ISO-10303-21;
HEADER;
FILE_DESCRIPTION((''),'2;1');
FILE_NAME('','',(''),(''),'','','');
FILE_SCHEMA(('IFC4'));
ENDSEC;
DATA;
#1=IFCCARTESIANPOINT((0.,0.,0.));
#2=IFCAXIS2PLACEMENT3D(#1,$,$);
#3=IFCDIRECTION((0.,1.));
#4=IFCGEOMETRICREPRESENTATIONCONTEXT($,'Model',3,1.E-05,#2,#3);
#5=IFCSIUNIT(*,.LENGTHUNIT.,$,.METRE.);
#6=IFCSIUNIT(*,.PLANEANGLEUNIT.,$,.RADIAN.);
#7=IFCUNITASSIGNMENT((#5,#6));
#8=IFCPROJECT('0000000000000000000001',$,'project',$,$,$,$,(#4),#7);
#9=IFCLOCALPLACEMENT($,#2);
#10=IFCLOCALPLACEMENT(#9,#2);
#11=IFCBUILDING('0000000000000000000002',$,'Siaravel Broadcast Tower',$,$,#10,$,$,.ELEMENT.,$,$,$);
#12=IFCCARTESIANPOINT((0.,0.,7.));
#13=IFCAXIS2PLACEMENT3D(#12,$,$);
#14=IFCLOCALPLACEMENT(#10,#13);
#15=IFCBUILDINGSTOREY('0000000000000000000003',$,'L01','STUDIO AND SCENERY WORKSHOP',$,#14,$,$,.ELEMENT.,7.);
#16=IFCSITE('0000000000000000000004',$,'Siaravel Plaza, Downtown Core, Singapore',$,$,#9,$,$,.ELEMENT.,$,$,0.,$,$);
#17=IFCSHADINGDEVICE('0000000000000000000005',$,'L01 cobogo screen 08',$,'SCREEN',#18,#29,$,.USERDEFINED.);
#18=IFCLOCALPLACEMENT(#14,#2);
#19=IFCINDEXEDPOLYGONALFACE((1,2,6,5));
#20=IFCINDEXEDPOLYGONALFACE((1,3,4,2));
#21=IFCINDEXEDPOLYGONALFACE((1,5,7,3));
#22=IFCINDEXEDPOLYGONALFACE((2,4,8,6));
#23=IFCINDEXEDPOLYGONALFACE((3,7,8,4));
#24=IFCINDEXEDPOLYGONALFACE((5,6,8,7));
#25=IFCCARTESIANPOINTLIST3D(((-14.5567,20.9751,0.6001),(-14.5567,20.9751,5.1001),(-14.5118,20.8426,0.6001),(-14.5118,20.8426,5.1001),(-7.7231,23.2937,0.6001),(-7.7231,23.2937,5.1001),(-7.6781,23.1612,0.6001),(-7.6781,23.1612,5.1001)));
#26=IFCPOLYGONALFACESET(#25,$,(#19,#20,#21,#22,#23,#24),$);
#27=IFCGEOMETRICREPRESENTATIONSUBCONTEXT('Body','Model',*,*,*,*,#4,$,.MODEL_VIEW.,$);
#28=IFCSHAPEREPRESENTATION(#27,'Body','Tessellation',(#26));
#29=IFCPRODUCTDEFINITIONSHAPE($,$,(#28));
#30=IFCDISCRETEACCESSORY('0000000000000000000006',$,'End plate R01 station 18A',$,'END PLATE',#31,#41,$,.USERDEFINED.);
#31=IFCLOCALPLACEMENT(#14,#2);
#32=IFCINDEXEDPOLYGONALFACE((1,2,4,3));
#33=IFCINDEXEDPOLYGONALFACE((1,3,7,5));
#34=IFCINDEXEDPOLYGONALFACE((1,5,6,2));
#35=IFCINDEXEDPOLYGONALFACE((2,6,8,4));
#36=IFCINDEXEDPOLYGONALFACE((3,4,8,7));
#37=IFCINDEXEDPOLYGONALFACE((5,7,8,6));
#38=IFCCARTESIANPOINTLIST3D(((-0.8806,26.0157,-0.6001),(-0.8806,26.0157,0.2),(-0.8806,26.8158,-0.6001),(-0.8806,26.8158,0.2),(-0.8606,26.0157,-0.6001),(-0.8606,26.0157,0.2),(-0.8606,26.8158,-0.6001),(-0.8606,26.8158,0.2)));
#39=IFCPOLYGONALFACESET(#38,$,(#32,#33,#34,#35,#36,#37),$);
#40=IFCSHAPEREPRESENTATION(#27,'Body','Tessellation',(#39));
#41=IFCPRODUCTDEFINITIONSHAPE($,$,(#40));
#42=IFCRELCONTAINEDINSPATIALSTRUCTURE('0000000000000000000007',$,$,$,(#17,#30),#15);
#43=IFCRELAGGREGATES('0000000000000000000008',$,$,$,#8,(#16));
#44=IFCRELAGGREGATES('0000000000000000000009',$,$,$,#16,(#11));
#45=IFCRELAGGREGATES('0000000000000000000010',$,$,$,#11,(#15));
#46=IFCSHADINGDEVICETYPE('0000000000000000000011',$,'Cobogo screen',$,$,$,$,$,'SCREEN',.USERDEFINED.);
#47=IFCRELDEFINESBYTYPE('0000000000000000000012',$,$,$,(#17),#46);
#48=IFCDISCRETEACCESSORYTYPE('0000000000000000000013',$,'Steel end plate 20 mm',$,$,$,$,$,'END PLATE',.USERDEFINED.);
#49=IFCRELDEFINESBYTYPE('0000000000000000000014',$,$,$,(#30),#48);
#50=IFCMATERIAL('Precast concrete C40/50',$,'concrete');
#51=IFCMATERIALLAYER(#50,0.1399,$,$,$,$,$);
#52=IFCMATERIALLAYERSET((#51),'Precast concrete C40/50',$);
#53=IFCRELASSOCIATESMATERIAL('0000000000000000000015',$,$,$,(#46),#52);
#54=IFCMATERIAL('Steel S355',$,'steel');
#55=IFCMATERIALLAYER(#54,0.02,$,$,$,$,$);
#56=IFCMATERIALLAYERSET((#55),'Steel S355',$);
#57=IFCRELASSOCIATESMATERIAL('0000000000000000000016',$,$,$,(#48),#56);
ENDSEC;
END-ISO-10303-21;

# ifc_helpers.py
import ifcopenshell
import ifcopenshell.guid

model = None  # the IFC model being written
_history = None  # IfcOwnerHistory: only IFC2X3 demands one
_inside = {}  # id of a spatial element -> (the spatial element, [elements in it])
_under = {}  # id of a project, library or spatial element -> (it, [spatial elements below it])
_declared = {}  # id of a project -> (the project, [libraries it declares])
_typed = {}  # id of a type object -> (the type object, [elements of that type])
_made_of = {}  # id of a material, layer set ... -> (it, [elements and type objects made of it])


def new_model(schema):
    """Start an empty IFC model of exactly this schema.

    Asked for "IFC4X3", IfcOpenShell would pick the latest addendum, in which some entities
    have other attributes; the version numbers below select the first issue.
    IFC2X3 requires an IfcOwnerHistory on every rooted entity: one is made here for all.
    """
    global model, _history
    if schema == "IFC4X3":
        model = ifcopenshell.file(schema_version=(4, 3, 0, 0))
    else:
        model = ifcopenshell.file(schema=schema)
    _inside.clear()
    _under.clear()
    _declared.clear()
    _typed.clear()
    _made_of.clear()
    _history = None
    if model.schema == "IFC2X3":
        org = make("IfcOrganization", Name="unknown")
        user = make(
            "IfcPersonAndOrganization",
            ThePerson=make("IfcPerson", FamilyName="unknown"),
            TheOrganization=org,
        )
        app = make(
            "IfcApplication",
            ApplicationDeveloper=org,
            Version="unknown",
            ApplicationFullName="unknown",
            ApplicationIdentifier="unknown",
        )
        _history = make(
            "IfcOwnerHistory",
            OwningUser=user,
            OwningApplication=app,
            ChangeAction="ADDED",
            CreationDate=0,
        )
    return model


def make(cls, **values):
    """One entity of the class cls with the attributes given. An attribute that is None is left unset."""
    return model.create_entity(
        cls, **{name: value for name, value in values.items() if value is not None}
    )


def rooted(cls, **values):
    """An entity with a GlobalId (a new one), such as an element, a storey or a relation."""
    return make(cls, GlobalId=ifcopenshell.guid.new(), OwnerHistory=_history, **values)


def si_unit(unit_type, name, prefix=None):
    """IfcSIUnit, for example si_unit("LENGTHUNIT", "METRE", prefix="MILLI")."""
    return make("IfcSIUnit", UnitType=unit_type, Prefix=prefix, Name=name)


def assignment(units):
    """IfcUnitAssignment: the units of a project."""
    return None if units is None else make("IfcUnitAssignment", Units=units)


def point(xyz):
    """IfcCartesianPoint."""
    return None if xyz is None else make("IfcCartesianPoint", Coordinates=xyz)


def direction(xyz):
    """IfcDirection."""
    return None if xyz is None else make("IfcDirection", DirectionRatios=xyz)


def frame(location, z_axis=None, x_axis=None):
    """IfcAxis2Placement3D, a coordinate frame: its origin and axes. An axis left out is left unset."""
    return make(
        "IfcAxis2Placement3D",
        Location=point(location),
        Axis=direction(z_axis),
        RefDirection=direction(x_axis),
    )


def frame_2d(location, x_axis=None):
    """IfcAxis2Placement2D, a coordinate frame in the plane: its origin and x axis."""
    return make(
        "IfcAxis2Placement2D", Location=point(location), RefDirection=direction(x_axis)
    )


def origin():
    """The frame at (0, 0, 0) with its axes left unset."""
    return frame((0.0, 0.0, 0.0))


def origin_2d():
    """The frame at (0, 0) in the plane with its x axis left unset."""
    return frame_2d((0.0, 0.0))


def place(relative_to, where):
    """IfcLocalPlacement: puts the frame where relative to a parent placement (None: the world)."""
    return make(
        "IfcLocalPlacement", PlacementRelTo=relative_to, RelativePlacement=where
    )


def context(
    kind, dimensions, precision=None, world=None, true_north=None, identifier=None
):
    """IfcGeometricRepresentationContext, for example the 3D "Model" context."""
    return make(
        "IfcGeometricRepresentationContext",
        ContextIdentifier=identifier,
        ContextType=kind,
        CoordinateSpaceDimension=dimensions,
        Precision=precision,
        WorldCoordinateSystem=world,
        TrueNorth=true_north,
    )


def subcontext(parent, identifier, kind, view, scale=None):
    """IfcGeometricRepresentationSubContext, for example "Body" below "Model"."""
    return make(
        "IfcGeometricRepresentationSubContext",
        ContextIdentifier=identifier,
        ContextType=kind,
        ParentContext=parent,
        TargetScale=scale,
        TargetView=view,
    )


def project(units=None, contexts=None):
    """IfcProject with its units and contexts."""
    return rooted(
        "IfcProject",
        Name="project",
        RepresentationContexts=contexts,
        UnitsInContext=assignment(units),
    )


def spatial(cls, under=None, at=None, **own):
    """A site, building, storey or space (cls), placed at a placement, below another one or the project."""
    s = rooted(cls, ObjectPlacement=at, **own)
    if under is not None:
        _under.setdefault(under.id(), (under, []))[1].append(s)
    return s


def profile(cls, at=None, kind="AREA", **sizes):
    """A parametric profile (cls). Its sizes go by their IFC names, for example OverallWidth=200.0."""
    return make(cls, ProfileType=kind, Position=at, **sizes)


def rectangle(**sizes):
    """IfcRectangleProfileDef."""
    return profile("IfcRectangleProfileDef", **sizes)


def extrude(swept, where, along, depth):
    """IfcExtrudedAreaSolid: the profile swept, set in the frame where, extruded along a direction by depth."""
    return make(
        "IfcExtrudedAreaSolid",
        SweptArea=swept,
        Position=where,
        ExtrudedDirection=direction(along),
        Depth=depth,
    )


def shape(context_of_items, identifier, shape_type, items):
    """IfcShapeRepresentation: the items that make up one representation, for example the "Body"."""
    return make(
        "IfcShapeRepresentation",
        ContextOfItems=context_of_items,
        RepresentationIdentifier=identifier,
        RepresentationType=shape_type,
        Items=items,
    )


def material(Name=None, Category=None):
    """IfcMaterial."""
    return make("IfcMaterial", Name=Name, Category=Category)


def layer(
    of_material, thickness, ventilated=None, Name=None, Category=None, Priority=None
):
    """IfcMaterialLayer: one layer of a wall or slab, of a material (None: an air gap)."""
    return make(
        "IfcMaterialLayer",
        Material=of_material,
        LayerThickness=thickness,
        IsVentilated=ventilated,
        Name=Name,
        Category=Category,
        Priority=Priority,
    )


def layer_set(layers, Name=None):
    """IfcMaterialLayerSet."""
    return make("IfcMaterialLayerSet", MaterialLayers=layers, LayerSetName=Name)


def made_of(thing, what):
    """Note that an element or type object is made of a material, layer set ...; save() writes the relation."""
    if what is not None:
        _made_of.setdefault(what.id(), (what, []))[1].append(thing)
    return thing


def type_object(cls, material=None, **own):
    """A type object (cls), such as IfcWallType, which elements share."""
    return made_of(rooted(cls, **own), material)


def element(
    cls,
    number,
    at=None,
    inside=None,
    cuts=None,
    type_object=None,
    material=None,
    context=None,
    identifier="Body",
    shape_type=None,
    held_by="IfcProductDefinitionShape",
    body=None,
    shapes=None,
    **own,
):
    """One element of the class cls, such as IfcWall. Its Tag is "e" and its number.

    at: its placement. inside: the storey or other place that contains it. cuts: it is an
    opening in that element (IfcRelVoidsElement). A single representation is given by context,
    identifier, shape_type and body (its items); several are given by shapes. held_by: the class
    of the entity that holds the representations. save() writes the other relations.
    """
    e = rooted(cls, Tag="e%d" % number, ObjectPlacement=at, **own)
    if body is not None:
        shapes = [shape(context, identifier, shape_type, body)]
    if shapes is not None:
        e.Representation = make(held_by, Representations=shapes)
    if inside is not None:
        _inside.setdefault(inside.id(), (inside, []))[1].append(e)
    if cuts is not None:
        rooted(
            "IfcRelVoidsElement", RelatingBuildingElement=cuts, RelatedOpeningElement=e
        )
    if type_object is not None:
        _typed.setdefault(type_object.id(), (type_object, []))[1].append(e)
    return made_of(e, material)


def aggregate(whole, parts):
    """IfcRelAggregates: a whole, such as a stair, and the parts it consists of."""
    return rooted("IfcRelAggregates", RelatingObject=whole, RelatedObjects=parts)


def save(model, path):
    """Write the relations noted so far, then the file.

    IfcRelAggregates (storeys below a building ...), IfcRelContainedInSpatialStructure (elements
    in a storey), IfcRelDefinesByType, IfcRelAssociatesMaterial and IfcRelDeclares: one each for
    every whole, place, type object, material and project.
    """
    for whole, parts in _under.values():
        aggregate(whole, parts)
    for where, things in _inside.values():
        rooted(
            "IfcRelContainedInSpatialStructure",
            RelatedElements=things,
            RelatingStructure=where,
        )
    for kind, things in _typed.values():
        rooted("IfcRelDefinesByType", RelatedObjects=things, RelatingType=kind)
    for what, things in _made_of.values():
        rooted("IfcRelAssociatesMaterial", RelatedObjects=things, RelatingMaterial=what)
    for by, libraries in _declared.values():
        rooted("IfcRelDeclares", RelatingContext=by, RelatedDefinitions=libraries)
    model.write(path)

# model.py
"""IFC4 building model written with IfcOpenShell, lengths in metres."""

from ifc_helpers import new_model, si_unit, direction, frame, origin, origin_2d, place, context, subcontext, project, spatial, rectangle, extrude, material, layer, layer_set, type_object, element, save


model = new_model("IFC4")

# Units and contexts
model_context = context("Model", 3, precision=1e-05, world=origin(), true_north=direction((0.0, 1.0)))
body_context = subcontext(model_context, "Body", "Model", "MODEL_VIEW")
ifc_project = project(units=[si_unit("LENGTHUNIT", "METRE"), si_unit("PLANEANGLEUNIT", "RADIAN")], contexts=[model_context])

# Site, building, storey
site_placement = place(None, origin())
site = spatial("IfcSite", under=ifc_project, at=site_placement, Name="Siaravel Plaza, Downtown Core, Singapore", CompositionType="ELEMENT", RefElevation=0.0)
building_placement = place(site_placement, origin())
building = spatial("IfcBuilding", under=site, at=building_placement, Name="Siaravel Broadcast Tower", CompositionType="ELEMENT")
storey_placement = place(building_placement, frame((0.0, 0.0, 7.0)))
storey = spatial("IfcBuildingStorey", under=building, at=storey_placement, Name="L01", Description="STUDIO AND SCENERY WORKSHOP", CompositionType="ELEMENT", Elevation=7.0)

# Shared definitions
ifc_material_1 = material(Name="Steel S355", Category="steel")

# Shading device
ifc_material_2 = material(Name="Precast concrete C40/50", Category="concrete")
ifc_layer_1 = layer(ifc_material_2, 0.1399)
ifc_layer_set_1 = layer_set([ifc_layer_1], Name="Precast concrete C40/50")
shading_device_type_1 = type_object("IfcShadingDeviceType", Name="Cobogo screen", ElementType="SCREEN", PredefinedType="USERDEFINED", material=ifc_layer_set_1)
shading_device_1_placement = place(storey_placement, frame((-11.1174, 22.0681, 0.6001), z_axis=(0.0, 0.0, 1.0), x_axis=(-0.946977, -0.321301, 0.0)))
element("IfcShadingDevice", 1, at=shading_device_1_placement, inside=storey, type_object=shading_device_type_1, Name="L01 cobogo screen 08", ObjectType="SCREEN", PredefinedType="USERDEFINED", context=body_context, shape_type="SweptSolid", body=[
    extrude(rectangle(XDim=7.2163, YDim=0.1399, at=origin_2d()), origin(), (0.0, 0.0, 1.0), 4.5),
])

# Discrete accessory
ifc_layer_2 = layer(ifc_material_1, 0.02)
ifc_layer_set_2 = layer_set([ifc_layer_2], Name="Steel S355")
discrete_accessory_type = type_object("IfcDiscreteAccessoryType", Name="Steel end plate 20 mm", ElementType="END PLATE", PredefinedType="USERDEFINED", material=ifc_layer_set_2)
discrete_accessory_placement = place(storey_placement, frame((-0.8706, 26.4158, -0.6001), z_axis=(0.0, 0.0, 1.0), x_axis=(-1.0, 0.0, 0.0)))
element("IfcDiscreteAccessory", 2, at=discrete_accessory_placement, inside=storey, type_object=discrete_accessory_type, Name="End plate R01 station 18A", ObjectType="END PLATE", PredefinedType="USERDEFINED", context=body_context, shape_type="SweptSolid", body=[
    extrude(rectangle(XDim=0.02, YDim=0.8, at=origin_2d()), origin(), (0.0, 0.0, 1.0), 0.8),
])

save(model, "model.ifc")
